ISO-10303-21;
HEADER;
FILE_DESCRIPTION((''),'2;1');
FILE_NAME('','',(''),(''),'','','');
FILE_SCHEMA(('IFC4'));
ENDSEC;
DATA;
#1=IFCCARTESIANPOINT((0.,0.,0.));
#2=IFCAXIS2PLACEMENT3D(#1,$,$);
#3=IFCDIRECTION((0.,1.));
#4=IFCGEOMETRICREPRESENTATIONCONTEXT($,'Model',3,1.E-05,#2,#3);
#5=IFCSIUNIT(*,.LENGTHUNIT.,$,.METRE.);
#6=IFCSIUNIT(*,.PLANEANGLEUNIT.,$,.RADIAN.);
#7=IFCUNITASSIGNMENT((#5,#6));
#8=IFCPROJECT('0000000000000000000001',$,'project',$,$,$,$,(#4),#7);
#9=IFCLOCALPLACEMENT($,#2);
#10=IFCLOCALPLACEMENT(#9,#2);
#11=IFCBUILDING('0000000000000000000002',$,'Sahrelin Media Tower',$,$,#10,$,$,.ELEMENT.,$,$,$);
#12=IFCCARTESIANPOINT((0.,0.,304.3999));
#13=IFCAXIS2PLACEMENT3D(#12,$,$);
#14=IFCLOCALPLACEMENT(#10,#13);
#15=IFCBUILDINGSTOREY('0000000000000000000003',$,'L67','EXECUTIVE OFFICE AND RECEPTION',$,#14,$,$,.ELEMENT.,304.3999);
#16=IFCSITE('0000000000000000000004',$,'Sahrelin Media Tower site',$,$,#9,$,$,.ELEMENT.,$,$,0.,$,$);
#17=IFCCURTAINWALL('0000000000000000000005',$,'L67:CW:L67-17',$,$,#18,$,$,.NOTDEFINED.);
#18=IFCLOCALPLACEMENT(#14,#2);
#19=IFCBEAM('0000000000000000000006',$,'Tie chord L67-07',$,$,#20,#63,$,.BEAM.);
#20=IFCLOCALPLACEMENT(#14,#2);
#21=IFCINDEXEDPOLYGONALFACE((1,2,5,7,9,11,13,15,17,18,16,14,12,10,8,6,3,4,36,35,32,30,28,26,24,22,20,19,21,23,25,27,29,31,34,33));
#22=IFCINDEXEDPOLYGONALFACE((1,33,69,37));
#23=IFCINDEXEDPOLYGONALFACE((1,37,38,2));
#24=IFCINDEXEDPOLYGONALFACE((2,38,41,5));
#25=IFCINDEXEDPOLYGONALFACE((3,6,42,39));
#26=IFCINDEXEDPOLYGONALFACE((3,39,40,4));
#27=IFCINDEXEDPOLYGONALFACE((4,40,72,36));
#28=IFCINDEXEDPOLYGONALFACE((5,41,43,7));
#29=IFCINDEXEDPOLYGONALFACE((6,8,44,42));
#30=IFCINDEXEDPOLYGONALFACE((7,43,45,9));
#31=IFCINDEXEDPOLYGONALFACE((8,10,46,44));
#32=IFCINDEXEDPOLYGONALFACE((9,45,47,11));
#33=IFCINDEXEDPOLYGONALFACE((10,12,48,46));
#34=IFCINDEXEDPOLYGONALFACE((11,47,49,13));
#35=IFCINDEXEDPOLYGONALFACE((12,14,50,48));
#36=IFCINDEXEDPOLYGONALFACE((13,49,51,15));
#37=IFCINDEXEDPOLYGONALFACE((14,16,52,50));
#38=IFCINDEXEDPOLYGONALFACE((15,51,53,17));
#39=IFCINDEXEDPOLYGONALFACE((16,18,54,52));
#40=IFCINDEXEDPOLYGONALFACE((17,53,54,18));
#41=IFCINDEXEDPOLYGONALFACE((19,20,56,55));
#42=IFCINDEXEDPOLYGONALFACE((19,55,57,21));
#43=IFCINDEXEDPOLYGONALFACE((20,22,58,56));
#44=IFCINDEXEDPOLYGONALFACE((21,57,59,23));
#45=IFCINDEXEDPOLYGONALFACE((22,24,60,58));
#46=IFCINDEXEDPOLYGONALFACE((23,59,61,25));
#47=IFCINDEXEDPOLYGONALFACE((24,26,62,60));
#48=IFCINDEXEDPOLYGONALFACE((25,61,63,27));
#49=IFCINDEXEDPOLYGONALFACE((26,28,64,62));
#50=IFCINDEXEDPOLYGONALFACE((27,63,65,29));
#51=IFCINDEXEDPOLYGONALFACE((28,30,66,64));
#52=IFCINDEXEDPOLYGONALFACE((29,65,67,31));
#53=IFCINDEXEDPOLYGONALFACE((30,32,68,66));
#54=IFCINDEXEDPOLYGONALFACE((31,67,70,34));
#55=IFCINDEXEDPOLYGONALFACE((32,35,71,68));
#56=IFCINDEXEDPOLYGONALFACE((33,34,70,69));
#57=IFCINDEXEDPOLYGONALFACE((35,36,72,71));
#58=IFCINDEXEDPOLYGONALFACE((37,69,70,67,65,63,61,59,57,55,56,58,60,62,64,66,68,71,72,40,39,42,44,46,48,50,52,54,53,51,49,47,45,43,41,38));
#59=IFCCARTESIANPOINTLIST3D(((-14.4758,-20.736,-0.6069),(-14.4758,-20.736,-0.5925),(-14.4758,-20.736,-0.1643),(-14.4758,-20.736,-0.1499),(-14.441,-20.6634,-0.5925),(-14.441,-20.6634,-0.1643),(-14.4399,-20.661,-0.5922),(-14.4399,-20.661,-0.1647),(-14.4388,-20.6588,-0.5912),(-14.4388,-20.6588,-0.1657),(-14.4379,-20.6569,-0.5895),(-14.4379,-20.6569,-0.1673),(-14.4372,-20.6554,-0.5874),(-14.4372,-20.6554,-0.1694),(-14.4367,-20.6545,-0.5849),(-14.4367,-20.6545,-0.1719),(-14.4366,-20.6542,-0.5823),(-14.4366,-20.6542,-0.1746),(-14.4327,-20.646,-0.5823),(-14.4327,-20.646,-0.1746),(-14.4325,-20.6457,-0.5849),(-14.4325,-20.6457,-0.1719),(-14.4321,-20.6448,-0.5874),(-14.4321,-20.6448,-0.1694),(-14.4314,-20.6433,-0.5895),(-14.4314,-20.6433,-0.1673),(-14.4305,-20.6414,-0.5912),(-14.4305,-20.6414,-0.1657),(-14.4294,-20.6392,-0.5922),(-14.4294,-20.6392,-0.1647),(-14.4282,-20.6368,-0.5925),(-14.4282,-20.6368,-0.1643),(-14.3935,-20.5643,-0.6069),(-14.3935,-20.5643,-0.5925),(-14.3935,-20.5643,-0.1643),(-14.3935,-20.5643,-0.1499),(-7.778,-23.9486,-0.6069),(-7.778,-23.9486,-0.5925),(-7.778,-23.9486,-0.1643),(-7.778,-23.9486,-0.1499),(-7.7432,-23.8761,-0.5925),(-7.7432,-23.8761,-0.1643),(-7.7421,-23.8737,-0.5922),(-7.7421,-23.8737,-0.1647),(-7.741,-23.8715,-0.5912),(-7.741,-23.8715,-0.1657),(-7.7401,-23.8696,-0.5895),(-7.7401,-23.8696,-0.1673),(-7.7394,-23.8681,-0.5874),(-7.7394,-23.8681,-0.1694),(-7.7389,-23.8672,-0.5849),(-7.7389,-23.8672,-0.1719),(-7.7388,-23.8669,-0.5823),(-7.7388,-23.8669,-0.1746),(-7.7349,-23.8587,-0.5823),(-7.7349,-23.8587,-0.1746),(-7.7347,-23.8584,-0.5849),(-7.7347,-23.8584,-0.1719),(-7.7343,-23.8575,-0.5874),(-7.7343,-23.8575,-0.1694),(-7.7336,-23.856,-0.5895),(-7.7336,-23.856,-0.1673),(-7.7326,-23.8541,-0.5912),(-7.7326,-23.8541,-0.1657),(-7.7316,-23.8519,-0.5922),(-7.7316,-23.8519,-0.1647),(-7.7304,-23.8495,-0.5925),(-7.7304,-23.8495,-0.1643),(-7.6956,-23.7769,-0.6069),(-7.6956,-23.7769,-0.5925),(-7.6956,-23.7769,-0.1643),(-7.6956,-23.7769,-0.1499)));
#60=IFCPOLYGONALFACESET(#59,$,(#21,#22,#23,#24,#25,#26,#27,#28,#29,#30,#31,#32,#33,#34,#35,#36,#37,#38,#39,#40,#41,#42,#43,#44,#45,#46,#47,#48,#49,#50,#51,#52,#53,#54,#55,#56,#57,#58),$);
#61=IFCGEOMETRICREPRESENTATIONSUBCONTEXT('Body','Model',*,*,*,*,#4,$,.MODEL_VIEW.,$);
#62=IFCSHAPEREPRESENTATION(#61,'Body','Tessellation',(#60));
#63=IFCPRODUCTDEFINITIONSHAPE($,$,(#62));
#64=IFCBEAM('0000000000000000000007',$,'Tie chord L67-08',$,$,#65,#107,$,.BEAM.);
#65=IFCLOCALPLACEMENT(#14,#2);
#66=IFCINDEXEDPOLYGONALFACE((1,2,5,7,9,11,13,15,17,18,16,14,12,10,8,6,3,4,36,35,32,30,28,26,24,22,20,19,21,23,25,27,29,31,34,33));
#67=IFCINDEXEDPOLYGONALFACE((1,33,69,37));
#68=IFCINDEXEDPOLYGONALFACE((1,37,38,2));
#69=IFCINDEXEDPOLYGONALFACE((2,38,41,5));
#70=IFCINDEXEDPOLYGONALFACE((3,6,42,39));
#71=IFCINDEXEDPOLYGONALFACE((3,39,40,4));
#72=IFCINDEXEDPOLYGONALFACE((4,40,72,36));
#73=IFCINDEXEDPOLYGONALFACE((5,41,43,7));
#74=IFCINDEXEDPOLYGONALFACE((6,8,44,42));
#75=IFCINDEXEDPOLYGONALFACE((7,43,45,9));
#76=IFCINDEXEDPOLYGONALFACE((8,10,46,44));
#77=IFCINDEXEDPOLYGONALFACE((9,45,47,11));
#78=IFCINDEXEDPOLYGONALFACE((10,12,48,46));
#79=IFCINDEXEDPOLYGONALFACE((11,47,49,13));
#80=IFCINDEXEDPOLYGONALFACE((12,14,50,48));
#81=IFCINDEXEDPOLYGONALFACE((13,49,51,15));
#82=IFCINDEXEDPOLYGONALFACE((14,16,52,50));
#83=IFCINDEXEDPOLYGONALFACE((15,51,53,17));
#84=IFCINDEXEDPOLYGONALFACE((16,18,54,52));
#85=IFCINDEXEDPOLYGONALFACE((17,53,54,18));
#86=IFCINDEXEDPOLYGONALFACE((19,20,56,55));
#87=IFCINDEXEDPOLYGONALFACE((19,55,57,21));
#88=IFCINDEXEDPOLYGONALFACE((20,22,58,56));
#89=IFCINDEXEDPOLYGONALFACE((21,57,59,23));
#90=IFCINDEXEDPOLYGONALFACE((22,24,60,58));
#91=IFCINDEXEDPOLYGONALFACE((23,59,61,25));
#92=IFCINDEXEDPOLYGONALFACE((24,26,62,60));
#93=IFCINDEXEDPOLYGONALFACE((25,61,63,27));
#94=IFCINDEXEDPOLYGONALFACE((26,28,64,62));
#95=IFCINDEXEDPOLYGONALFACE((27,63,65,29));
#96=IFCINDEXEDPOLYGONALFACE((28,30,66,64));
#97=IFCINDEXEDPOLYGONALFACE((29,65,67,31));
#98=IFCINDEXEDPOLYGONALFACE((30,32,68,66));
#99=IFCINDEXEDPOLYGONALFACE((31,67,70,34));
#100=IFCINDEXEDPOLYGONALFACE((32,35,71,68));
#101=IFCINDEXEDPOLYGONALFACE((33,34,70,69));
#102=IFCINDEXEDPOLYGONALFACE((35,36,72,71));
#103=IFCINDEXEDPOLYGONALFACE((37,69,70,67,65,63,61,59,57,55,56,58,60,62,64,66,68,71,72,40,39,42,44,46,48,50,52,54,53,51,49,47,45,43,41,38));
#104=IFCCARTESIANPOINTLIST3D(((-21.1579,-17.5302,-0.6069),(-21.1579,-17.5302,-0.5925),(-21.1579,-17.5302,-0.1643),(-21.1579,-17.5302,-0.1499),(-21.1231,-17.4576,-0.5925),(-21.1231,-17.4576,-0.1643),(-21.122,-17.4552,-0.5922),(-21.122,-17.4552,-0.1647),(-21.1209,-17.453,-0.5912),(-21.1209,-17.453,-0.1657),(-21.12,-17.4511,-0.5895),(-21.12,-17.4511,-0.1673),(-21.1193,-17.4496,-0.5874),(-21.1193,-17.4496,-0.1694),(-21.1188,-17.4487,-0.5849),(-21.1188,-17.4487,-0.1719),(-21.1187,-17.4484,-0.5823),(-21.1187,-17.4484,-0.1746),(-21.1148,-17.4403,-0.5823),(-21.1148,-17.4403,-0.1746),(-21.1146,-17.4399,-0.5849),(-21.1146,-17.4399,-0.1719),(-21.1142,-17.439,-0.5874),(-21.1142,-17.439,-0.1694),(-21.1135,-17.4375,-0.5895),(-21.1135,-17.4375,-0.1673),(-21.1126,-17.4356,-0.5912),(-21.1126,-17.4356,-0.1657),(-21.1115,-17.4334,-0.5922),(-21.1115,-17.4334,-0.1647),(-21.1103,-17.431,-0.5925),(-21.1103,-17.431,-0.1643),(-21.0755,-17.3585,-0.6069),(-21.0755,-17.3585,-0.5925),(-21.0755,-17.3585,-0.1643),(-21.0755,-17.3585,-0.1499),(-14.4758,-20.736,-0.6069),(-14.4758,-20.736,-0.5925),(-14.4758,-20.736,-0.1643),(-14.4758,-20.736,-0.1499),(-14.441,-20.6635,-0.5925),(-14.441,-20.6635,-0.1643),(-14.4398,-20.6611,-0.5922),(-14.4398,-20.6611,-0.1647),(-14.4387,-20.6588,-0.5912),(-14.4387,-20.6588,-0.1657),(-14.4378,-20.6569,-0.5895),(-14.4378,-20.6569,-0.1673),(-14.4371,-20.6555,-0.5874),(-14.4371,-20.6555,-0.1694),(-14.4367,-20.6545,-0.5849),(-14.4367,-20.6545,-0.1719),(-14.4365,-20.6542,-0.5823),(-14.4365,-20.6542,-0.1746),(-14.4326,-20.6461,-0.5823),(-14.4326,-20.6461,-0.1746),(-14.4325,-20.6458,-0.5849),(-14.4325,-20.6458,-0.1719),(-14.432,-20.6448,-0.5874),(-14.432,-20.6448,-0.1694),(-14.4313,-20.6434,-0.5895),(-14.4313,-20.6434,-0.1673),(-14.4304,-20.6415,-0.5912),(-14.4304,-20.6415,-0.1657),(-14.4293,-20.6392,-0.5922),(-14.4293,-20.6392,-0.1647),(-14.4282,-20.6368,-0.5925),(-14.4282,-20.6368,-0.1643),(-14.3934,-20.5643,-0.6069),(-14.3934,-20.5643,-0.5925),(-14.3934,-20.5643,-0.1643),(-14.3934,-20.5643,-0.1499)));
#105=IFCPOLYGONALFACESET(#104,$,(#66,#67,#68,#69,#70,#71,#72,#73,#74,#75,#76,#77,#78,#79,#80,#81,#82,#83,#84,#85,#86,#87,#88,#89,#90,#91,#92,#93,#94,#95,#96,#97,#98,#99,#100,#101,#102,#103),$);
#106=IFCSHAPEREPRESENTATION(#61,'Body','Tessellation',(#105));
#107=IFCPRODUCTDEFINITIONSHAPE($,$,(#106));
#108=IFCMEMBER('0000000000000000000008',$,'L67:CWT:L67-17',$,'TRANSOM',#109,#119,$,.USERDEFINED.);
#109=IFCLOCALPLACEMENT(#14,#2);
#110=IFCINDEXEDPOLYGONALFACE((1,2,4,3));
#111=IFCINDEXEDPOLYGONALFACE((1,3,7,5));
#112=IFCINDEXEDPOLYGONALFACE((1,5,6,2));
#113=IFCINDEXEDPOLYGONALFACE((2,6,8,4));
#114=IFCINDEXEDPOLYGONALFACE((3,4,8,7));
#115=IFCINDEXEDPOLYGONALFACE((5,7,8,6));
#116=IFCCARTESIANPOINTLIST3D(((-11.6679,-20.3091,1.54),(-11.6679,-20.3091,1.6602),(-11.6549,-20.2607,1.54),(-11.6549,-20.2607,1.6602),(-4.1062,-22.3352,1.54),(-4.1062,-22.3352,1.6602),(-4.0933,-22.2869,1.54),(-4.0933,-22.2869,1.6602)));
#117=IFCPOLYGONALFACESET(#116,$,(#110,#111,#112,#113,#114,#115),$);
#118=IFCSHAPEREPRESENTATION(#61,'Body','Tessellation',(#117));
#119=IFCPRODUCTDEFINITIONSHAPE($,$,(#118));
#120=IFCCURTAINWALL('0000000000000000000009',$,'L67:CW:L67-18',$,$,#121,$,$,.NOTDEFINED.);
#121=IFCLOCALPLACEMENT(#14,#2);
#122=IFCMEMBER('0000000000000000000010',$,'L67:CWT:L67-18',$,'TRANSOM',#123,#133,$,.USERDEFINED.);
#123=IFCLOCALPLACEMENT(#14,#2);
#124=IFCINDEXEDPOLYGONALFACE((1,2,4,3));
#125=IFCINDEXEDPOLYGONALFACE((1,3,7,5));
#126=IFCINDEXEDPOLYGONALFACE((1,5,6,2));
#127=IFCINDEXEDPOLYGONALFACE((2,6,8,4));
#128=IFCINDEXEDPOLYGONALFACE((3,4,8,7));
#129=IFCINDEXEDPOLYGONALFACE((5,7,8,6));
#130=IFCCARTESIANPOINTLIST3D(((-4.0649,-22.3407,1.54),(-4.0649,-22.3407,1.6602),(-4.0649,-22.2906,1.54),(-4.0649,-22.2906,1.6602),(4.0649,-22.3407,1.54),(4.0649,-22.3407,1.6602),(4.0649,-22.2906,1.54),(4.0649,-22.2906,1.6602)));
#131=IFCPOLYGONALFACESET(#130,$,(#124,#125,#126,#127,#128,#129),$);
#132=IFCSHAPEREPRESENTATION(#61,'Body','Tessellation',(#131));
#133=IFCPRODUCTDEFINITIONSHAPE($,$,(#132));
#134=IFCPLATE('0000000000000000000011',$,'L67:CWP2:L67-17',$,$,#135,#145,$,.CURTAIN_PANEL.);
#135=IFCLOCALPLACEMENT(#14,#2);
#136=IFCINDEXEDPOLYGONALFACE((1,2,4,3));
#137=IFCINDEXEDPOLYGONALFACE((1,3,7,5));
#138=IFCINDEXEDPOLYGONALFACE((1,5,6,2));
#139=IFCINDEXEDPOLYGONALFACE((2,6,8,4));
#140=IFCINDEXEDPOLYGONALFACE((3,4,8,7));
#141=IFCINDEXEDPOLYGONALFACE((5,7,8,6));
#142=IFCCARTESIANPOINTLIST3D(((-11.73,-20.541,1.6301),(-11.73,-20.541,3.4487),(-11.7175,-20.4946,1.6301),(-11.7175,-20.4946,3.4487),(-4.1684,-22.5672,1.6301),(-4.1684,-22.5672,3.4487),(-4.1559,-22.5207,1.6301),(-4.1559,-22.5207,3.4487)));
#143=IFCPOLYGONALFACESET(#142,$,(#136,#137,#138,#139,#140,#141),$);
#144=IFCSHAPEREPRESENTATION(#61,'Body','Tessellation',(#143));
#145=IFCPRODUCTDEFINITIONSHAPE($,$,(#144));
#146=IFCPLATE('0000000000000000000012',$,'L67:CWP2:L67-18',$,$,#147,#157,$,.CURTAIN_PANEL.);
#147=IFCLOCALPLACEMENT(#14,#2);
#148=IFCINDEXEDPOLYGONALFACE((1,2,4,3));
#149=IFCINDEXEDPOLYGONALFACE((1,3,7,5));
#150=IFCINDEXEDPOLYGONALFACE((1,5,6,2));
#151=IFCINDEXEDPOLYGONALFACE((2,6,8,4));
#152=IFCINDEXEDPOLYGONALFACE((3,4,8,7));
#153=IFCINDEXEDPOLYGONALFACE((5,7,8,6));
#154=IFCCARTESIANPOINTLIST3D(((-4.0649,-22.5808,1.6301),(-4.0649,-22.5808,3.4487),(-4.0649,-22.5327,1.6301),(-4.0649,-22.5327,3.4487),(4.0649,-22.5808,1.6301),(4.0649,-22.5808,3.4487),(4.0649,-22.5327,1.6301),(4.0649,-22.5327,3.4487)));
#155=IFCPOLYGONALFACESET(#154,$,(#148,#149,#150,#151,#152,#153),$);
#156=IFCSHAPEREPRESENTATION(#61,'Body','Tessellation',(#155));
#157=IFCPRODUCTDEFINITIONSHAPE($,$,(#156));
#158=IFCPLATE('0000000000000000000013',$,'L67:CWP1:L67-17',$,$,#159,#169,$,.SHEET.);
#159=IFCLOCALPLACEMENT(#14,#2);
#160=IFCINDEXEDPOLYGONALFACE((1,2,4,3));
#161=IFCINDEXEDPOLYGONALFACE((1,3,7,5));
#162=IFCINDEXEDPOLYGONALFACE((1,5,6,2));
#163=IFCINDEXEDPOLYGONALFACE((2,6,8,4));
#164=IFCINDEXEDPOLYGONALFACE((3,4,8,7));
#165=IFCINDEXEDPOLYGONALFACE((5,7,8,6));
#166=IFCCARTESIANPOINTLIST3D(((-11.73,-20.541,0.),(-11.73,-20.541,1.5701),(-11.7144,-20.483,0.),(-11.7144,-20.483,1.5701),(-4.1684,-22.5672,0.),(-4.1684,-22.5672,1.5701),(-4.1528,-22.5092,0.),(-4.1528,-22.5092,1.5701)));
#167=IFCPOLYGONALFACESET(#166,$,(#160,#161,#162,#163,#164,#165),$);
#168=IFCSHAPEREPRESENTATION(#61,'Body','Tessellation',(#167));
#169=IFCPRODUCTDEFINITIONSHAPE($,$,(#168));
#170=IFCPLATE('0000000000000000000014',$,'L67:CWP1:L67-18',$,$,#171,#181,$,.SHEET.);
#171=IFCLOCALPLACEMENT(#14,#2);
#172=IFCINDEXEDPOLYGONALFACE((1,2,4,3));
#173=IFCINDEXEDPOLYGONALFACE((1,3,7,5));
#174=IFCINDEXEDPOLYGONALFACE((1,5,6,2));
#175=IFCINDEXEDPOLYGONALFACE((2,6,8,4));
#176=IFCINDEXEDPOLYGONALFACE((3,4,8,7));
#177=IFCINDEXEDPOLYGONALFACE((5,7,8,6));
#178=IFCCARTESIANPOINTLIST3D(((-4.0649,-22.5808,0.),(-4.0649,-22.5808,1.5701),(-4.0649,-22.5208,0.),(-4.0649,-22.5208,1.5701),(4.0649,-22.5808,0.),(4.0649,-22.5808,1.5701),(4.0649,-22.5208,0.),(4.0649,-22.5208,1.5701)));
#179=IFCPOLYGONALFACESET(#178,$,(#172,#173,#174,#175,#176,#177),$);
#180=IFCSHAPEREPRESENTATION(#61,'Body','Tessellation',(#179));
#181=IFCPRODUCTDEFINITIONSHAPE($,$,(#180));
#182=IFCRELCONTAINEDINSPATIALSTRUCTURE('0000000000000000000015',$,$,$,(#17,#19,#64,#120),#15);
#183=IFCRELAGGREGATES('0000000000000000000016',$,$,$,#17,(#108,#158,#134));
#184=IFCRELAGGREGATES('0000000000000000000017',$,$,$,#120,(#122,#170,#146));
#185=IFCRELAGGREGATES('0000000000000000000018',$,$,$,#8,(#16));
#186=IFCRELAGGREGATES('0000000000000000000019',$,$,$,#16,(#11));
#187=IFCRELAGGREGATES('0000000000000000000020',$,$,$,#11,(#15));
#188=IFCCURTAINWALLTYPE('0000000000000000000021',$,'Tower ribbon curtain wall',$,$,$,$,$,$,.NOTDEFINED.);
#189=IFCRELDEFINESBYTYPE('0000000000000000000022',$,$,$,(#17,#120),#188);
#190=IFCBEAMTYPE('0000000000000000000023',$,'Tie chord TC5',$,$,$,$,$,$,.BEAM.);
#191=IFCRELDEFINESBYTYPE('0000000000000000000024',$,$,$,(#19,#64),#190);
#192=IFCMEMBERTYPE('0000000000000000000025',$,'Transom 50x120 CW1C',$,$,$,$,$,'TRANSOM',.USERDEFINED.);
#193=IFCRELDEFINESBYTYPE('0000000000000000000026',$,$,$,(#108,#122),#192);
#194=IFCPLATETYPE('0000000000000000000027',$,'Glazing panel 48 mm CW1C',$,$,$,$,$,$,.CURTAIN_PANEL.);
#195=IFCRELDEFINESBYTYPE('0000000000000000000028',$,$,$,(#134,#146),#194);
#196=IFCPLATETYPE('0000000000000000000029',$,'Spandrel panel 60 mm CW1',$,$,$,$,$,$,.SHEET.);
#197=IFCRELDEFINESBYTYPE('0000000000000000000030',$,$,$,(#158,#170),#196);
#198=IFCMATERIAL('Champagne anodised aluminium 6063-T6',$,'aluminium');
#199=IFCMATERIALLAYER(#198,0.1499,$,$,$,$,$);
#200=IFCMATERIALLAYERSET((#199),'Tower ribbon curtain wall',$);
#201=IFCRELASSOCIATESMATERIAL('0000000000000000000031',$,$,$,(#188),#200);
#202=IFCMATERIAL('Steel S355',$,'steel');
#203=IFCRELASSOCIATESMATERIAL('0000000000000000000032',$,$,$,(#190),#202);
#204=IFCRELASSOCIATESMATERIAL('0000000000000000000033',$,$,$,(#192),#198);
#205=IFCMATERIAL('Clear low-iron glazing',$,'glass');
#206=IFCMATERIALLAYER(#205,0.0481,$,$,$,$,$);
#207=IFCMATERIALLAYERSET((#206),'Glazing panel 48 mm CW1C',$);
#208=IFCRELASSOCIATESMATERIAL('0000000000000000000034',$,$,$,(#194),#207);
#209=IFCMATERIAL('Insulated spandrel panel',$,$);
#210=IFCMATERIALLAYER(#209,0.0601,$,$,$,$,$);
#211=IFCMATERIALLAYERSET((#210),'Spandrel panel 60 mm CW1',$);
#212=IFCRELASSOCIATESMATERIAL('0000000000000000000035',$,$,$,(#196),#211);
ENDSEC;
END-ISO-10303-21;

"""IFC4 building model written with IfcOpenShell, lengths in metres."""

from ifc_helpers import new_model, si_unit, direction, frame, origin, origin_2d, place, context, subcontext, project, spatial, polyline, rectangle, i_section, outline, extrude, material, layer, layer_set, material_profile, profile_set, type_object, element, aggregate, save


model = new_model("IFC4")

# Units and contexts
model_context = context("Model", 3, precision=1e-05, world=origin(), true_north=direction((0.0, 1.0)))
body_context = subcontext(model_context, "Body", "Model", "MODEL_VIEW")
ifc_project = project(units=[si_unit("LENGTHUNIT", "METRE"), si_unit("PLANEANGLEUNIT", "RADIAN")], contexts=[model_context])

# Site, building, storey
site_placement = place(None, origin())
site = spatial("IfcSite", under=ifc_project, at=site_placement, Name="Sahrelin Media Tower site", CompositionType="ELEMENT", RefElevation=0.0)
building_placement = place(site_placement, origin())
building = spatial("IfcBuilding", under=site, at=building_placement, Name="Sahrelin Media Tower", CompositionType="ELEMENT")
storey_placement = place(building_placement, frame((0.0, 0.0, 304.3999)))
storey = spatial("IfcBuildingStorey", under=building, at=storey_placement, Name="L67", Description="EXECUTIVE OFFICE AND RECEPTION", CompositionType="ELEMENT", Elevation=304.3999)

# Shared definitions
ifc_material_1 = material(Name="Steel S355", Category="steel")

# Curtain wall
ifc_material_2 = material(Name="Champagne anodised aluminium 6063-T6", Category="aluminium")
ifc_layer_1 = layer(ifc_material_2, 0.1499)
ifc_layer_set_1 = layer_set([ifc_layer_1], Name="Tower ribbon curtain wall")
curtain_wall_type = type_object("IfcCurtainWallType", Name="Tower ribbon curtain wall", PredefinedType="NOTDEFINED", material=ifc_layer_set_1)
curtain_wall_1_placement = place(storey_placement, frame((-7.9441, -21.5347, 0.0), z_axis=(0.0, 0.0, 1.0), x_axis=(1.0, 0.0, 0.0)))
curtain_wall_1 = element("IfcCurtainWall", 1, at=curtain_wall_1_placement, inside=storey, type_object=curtain_wall_type, Name="L67:CW:L67-17", PredefinedType="NOTDEFINED")

# Beams
ifc_material_profile_1 = material_profile(ifc_material_1, i_section(OverallWidth=0.1904, OverallDepth=0.457, WebThickness=0.009, FlangeThickness=0.0144, FilletRadius=0.0103, at=origin_2d()), Name="UB 457x191x74")
ifc_profile_set_1 = profile_set([ifc_material_profile_1], Name="Steel S355")
beam_type_1 = type_object("IfcBeamType", Name="Tie chord TC5", PredefinedType="BEAM", material=ifc_profile_set_1)
beam_1_placement = place(storey_placement, frame((-7.7368, -23.8628, -0.3784), z_axis=(-0.901643, 0.432482, 0.0), x_axis=(-0.432482, -0.901643, 0.0)))
element("IfcBeam", 2, at=beam_1_placement, inside=storey, type_object=beam_type_1, Name="Tie chord L67-07", PredefinedType="BEAM", context=body_context, shape_type="SweptSolid", body=[
    extrude(i_section(OverallWidth=0.1904, OverallDepth=0.457, WebThickness=0.009, FlangeThickness=0.0144, FilletRadius=0.0103, at=origin_2d()), origin(), (0.0, 0.0, 1.0), 7.4285),
])
beam_2_placement = place(storey_placement, frame((-14.4346, -20.6501, -0.3784), z_axis=(-0.901608, 0.432554, 0.0), x_axis=(-0.432554, -0.901608, 0.0)))
element("IfcBeam", 3, at=beam_2_placement, inside=storey, type_object=beam_type_1, Name="Tie chord L67-08", PredefinedType="BEAM", context=body_context, shape_type="SweptSolid", body=[
    extrude(i_section(OverallWidth=0.1904, OverallDepth=0.457, WebThickness=0.009, FlangeThickness=0.0144, FilletRadius=0.0103, at=origin_2d()), origin(), (0.0, 0.0, 1.0), 7.4114),
])

# Member
ifc_material_profile_2 = material_profile(ifc_material_2, rectangle(XDim=0.05, YDim=0.1201, at=origin_2d()), Name="Transom 50x120")
ifc_profile_set_2 = profile_set([ifc_material_profile_2], Name="Champagne anodised aluminium 6063-T6")
member_type_1 = type_object("IfcMemberType", Name="Transom 50x120 CW1C", ElementType="TRANSOM", PredefinedType="USERDEFINED", material=ifc_profile_set_2)
member_1_placement = place(storey_placement, frame((-11.6614, -20.2849, 1.6001), z_axis=(0.965925, -0.258821, 0.0), x_axis=(0.258821, 0.965925, 0.0)))
member_1 = element("IfcMember", 4, at=member_1_placement, type_object=member_type_1, Name="L67:CWT:L67-17", ObjectType="TRANSOM", PredefinedType="USERDEFINED", context=body_context, shape_type="SweptSolid", body=[
    extrude(rectangle(XDim=0.05, YDim=0.1201, at=origin_2d()), origin(), (0.0, 0.0, 1.0), 7.8284),
])

# Curtain wall, member
curtain_wall_2_placement = place(storey_placement, frame((0.0, -22.5608, 0.0), z_axis=(0.0, 0.0, 1.0), x_axis=(1.0, 0.0, 0.0)))
curtain_wall_2 = element("IfcCurtainWall", 5, at=curtain_wall_2_placement, inside=storey, type_object=curtain_wall_type, Name="L67:CW:L67-18", PredefinedType="NOTDEFINED")
member_2_placement = place(storey_placement, frame((-4.0649, -22.3157, 1.6001), z_axis=(1.0, 0.0, 0.0), x_axis=(0.0, 1.0, 0.0)))
member_2 = element("IfcMember", 6, at=member_2_placement, type_object=member_type_1, Name="L67:CWT:L67-18", ObjectType="TRANSOM", PredefinedType="USERDEFINED", context=body_context, shape_type="SweptSolid", body=[
    extrude(rectangle(XDim=0.05, YDim=0.1201, at=origin_2d()), origin(), (0.0, 0.0, 1.0), 8.1299),
])

# Plates
ifc_material_3 = material(Name="Clear low-iron glazing", Category="glass")
ifc_layer_2 = layer(ifc_material_3, 0.0481)
ifc_layer_set_2 = layer_set([ifc_layer_2], Name="Glazing panel 48 mm CW1C")
plate_type_1 = type_object("IfcPlateType", Name="Glazing panel 48 mm CW1C", PredefinedType="CURTAIN_PANEL", material=ifc_layer_set_2)
plate_1_placement = place(storey_placement, frame((-11.73, -20.541, 1.6301), z_axis=(-0.258821, -0.965925, 0.0), x_axis=(0.965925, -0.258821, 0.0)))
plate_1 = element("IfcPlate", 7, at=plate_1_placement, type_object=plate_type_1, Name="L67:CWP2:L67-17", PredefinedType="CURTAIN_PANEL", context=body_context, shape_type="SweptSolid", body=[
    extrude(outline(polyline([(0.0, 0.0), (7.8284, 0.0), (7.8284, 1.8186), (0.0, 1.8186), (0.0, 0.0)])), origin(), (0.0, 0.0, -1.0), 0.0481),
])
plate_2_placement = place(storey_placement, frame((-4.0649, -22.5808, 1.6301), z_axis=(0.0, -1.0, 0.0), x_axis=(1.0, 0.0, 0.0)))
plate_2 = element("IfcPlate", 8, at=plate_2_placement, type_object=plate_type_1, Name="L67:CWP2:L67-18", PredefinedType="CURTAIN_PANEL", context=body_context, shape_type="SweptSolid", body=[
    extrude(outline(polyline([(0.0, 0.0), (8.1299, 0.0), (8.1299, 1.8186), (0.0, 1.8186), (0.0, 0.0)])), origin(), (0.0, 0.0, -1.0), 0.0481),
])
ifc_material_4 = material(Name="Insulated spandrel panel")
ifc_layer_3 = layer(ifc_material_4, 0.0601)
ifc_layer_set_3 = layer_set([ifc_layer_3], Name="Spandrel panel 60 mm CW1")
plate_type_2 = type_object("IfcPlateType", Name="Spandrel panel 60 mm CW1", PredefinedType="SHEET", material=ifc_layer_set_3)
plate_3_placement = place(storey_placement, frame((-11.73, -20.541, 0.0), z_axis=(-0.258821, -0.965925, 0.0), x_axis=(0.965925, -0.258821, 0.0)))
plate_3 = element("IfcPlate", 9, at=plate_3_placement, type_object=plate_type_2, Name="L67:CWP1:L67-17", PredefinedType="SHEET", context=body_context, shape_type="SweptSolid", body=[
    extrude(outline(polyline([(0.0, 0.0), (7.8284, 0.0), (7.8284, 1.5701), (0.0, 1.5701), (0.0, 0.0)])), origin(), (0.0, 0.0, -1.0), 0.0601),
])
aggregate(curtain_wall_1, [member_1, plate_3, plate_1])
plate_4_placement = place(storey_placement, frame((-4.0649, -22.5808, 0.0), z_axis=(0.0, -1.0, 0.0), x_axis=(1.0, 0.0, 0.0)))
plate_4 = element("IfcPlate", 10, at=plate_4_placement, type_object=plate_type_2, Name="L67:CWP1:L67-18", PredefinedType="SHEET", context=body_context, shape_type="SweptSolid", body=[
    extrude(outline(polyline([(0.0, 0.0), (8.1299, 0.0), (8.1299, 1.5701), (0.0, 1.5701), (0.0, 0.0)])), origin(), (0.0, 0.0, -1.0), 0.0601),
])
aggregate(curtain_wall_2, [member_2, plate_4, plate_2])

save(model, "model.ifc")
